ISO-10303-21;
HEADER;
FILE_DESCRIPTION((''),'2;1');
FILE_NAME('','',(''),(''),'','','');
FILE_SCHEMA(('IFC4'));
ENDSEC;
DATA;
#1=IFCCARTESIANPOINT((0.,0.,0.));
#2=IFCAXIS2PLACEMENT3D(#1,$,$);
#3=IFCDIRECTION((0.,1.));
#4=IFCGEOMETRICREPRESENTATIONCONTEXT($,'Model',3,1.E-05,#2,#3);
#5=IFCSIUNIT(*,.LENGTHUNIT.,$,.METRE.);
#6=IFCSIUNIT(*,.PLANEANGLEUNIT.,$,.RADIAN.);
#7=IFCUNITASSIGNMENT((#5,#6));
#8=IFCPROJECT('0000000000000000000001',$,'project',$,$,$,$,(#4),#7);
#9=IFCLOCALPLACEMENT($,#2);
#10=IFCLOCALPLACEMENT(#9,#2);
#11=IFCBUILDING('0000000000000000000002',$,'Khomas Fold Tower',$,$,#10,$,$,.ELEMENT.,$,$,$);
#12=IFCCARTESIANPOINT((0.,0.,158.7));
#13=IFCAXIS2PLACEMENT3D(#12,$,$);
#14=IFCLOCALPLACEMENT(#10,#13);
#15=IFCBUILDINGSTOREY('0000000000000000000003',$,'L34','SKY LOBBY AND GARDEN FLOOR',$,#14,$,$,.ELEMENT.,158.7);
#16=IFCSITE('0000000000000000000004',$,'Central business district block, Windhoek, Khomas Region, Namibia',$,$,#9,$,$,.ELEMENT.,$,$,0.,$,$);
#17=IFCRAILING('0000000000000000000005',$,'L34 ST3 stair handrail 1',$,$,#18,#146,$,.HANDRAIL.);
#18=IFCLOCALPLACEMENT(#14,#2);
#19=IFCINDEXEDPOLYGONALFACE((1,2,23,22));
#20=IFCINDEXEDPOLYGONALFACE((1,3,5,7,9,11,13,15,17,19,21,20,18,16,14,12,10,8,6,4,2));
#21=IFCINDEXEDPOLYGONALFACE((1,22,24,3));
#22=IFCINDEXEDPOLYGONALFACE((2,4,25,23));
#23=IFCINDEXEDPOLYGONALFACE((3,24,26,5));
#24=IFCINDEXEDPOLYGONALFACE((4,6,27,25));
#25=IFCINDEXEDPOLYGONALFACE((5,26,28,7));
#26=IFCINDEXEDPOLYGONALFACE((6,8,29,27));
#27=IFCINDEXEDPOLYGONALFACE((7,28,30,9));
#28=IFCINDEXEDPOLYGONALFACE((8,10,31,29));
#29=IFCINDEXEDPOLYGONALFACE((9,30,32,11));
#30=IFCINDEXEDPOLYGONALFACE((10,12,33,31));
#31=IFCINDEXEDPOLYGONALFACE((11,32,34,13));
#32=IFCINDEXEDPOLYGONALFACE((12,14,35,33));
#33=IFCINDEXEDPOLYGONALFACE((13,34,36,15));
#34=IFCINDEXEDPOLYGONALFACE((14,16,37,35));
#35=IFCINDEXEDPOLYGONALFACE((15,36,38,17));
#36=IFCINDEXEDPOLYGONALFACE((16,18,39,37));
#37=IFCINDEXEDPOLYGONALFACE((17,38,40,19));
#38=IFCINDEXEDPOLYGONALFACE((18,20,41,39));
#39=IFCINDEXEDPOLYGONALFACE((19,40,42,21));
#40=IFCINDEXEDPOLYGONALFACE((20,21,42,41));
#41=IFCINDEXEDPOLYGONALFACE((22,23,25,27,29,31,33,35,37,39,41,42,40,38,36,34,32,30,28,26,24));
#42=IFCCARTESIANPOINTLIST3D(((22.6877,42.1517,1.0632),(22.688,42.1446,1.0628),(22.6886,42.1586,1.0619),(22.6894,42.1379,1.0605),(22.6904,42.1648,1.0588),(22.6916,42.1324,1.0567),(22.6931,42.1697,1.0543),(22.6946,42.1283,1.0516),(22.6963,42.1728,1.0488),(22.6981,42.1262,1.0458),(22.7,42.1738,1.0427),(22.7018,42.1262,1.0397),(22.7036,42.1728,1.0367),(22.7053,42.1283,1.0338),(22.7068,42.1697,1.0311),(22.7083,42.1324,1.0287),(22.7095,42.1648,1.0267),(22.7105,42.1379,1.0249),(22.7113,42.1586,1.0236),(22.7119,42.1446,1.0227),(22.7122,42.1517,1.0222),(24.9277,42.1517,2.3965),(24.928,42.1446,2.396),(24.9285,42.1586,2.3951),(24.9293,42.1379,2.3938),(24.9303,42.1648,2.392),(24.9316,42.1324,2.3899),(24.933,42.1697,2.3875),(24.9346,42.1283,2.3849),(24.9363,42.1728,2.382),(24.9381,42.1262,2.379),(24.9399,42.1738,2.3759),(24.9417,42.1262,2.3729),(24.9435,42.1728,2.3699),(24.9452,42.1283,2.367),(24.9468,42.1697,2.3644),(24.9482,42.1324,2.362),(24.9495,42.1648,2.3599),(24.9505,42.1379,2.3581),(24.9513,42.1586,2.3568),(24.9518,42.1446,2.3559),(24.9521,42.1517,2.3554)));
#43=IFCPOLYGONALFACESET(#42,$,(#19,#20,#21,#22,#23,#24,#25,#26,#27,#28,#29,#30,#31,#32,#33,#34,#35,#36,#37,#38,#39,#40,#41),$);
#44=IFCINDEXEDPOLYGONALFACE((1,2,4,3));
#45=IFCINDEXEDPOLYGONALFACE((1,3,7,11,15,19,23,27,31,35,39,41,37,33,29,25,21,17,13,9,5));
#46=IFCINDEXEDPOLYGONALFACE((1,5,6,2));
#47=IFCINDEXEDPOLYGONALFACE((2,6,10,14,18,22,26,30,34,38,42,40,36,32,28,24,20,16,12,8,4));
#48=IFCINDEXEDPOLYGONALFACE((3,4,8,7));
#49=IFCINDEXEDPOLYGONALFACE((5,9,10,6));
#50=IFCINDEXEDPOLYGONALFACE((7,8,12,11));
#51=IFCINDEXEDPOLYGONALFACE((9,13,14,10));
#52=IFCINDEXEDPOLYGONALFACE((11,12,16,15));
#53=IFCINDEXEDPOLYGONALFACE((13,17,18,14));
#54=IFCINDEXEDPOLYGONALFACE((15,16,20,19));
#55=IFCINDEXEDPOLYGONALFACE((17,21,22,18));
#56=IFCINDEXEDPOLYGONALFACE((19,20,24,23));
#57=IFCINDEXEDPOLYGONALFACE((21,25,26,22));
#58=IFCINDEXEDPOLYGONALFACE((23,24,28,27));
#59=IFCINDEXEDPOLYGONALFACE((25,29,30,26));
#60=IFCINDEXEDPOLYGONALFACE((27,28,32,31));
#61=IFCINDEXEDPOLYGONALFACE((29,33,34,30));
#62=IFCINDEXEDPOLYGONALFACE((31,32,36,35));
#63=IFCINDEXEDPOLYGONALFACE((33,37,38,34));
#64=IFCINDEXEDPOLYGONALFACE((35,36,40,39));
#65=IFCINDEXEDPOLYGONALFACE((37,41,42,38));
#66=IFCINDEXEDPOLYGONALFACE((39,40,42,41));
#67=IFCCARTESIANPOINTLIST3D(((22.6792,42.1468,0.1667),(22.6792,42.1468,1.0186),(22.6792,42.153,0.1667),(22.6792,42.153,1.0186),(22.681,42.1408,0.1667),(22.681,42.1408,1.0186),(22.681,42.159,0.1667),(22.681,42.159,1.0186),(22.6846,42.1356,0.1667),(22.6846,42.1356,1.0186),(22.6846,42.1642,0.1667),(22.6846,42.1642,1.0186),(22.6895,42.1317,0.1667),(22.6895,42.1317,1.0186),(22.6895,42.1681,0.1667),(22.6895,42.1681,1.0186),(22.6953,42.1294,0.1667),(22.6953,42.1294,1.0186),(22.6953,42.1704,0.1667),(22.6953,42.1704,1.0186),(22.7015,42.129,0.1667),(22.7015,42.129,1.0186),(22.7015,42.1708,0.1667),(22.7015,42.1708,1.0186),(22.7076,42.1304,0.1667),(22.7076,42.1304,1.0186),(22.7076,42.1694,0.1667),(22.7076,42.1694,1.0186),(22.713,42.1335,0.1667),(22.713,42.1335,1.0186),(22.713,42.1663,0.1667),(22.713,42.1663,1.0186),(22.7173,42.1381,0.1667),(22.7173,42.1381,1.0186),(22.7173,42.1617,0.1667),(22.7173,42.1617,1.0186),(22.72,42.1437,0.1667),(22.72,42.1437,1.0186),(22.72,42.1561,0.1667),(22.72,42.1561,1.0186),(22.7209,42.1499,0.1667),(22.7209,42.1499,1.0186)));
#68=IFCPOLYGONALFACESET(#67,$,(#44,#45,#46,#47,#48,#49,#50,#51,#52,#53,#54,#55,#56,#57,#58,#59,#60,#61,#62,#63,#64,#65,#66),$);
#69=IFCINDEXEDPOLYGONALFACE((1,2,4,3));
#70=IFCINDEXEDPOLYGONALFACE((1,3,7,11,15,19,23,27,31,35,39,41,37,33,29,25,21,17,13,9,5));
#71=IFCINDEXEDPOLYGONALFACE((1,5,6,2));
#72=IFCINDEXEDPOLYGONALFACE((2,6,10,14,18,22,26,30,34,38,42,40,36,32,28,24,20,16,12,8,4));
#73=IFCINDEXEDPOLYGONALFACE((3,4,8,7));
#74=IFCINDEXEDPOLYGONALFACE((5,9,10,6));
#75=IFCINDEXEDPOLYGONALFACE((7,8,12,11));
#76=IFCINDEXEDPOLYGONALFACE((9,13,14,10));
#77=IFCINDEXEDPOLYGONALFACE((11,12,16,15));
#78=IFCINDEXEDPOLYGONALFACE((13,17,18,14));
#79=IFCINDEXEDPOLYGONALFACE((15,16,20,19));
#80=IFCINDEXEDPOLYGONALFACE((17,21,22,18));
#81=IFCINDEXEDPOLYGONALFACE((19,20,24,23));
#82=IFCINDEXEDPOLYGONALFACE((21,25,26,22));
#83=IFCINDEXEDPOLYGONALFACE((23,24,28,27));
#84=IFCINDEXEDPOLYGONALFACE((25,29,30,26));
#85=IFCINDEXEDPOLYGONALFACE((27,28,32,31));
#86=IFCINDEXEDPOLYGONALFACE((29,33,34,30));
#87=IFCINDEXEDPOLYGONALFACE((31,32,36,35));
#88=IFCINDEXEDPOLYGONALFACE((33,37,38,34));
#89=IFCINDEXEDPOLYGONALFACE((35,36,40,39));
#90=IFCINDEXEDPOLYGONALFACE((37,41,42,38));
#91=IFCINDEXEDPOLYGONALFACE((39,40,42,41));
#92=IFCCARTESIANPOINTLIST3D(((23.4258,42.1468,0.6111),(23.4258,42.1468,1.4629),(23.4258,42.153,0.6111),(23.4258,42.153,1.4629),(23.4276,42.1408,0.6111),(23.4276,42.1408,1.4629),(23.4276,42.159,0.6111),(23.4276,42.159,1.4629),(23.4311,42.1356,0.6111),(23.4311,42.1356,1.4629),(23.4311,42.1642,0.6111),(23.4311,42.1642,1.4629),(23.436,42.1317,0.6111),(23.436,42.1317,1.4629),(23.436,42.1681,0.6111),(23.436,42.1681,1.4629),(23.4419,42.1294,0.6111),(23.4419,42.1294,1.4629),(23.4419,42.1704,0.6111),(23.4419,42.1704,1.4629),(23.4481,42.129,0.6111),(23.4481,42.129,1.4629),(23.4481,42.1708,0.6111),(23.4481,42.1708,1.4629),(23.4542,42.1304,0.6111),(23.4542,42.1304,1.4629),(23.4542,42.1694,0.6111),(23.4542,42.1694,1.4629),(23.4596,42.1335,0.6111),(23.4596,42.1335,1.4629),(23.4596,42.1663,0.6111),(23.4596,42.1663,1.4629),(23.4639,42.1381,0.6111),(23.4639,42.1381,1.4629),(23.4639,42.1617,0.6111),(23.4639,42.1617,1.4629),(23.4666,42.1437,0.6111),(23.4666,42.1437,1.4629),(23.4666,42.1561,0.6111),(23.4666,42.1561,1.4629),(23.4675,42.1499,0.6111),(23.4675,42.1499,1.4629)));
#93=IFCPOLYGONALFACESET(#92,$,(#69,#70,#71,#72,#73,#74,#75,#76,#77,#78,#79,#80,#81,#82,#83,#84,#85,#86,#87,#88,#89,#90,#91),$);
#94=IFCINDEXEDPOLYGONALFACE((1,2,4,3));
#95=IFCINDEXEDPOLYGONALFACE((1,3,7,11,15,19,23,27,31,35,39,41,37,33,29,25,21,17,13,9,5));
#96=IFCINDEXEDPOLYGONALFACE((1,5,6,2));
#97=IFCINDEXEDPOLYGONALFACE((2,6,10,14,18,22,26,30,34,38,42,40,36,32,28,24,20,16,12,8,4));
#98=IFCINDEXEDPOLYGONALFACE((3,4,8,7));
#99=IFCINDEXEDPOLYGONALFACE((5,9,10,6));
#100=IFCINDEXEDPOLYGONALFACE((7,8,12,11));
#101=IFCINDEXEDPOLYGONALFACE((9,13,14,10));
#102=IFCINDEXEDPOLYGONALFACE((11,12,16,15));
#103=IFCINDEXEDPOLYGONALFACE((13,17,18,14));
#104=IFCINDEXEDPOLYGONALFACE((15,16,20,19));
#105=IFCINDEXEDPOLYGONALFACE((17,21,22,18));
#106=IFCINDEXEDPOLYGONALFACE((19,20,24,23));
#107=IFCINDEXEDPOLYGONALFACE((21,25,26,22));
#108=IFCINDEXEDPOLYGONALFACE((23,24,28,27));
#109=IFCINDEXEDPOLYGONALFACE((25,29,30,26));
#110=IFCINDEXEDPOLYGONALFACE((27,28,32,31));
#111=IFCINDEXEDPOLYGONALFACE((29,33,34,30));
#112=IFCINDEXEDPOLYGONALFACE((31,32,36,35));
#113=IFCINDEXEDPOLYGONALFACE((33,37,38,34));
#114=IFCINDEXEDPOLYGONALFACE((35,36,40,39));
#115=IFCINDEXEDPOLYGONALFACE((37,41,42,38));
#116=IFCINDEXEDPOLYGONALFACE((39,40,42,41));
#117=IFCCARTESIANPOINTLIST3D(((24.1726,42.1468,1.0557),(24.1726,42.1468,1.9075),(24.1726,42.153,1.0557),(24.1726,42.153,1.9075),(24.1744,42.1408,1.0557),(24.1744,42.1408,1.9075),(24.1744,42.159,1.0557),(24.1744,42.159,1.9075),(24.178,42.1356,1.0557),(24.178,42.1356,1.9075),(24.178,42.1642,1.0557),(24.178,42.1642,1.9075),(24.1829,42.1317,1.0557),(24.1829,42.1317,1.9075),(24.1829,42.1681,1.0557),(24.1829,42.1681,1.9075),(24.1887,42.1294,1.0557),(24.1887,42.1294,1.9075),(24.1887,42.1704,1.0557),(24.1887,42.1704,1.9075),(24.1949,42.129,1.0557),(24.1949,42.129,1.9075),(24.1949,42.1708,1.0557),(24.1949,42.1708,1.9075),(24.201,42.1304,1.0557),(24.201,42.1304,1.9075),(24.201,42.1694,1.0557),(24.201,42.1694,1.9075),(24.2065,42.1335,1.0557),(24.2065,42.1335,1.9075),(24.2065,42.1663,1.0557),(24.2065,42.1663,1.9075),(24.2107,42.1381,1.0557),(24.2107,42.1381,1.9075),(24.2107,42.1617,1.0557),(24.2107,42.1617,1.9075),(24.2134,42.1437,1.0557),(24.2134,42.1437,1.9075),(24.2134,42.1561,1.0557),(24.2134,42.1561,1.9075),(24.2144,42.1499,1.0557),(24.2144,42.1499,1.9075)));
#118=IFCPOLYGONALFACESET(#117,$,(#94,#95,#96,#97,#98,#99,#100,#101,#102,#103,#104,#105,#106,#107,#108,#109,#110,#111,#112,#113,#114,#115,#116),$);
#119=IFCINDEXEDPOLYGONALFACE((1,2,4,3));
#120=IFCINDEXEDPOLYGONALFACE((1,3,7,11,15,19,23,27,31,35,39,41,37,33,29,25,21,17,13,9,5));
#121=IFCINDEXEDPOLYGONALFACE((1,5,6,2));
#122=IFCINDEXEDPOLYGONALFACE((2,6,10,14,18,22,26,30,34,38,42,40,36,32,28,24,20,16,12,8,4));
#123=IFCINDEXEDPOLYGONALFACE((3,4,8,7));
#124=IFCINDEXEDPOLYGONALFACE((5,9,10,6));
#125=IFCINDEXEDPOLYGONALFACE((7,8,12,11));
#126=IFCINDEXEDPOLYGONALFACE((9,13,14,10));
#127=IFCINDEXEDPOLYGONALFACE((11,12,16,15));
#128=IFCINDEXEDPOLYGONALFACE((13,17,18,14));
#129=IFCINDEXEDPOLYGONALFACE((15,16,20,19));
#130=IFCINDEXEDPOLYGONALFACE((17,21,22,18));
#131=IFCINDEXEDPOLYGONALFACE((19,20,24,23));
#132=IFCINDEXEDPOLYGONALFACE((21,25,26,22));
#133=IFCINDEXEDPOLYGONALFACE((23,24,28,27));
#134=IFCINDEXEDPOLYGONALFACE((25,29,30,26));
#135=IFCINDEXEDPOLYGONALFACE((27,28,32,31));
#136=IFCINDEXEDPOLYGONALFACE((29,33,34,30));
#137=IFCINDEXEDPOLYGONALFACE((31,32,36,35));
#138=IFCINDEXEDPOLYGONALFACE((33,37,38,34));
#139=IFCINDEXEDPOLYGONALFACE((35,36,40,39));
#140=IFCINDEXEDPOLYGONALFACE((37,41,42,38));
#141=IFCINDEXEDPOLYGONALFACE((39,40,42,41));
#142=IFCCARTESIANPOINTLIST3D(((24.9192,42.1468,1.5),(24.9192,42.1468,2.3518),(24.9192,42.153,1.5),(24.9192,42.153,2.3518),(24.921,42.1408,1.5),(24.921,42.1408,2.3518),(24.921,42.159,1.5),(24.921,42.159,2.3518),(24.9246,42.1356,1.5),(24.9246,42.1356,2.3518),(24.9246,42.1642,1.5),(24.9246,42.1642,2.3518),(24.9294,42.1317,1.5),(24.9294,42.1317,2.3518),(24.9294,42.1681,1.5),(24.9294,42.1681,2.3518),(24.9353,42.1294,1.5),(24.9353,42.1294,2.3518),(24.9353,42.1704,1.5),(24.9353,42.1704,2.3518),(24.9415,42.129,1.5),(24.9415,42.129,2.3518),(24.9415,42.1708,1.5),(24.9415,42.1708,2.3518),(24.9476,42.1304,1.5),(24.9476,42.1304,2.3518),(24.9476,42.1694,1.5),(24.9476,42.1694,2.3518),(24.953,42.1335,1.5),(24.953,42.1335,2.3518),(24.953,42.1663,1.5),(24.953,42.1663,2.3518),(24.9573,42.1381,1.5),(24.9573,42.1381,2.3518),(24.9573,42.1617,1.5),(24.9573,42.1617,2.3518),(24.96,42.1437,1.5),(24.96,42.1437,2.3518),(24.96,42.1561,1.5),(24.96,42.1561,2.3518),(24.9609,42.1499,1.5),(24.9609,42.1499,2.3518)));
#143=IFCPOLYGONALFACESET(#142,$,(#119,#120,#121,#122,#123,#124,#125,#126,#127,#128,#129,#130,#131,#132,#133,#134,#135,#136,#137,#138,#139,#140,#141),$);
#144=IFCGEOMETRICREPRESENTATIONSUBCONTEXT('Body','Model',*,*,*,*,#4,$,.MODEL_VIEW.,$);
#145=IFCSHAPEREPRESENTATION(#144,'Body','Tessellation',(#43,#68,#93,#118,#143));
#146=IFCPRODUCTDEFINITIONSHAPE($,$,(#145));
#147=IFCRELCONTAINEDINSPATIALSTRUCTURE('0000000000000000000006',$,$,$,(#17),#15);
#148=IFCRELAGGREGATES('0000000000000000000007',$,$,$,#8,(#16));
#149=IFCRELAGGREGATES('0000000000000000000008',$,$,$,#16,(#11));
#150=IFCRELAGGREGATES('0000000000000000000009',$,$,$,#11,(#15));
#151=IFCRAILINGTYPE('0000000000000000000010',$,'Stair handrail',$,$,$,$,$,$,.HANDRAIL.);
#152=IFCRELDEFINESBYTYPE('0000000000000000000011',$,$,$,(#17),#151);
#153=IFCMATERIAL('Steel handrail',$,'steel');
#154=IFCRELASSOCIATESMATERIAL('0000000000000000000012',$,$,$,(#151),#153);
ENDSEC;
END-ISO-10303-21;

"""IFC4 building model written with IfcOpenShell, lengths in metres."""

from ifc_helpers import new_model, si_unit, direction, frame, origin, origin_2d, place, context, subcontext, project, spatial, circle, extrude, source, transform, mapped, material, type_object, element, save


model = new_model("IFC4")

# Units and contexts
model_context = context("Model", 3, precision=1e-05, world=origin(), true_north=direction((0.0, 1.0)))
body_context = subcontext(model_context, "Body", "Model", "MODEL_VIEW")
ifc_project = project(units=[si_unit("LENGTHUNIT", "METRE"), si_unit("PLANEANGLEUNIT", "RADIAN")], contexts=[model_context])

# Site, building, storey
site_placement = place(None, origin())
site = spatial("IfcSite", under=ifc_project, at=site_placement, Name="Central business district block, Windhoek, Khomas Region, Namibia", CompositionType="ELEMENT", RefElevation=0.0)
building_placement = place(site_placement, origin())
building = spatial("IfcBuilding", under=site, at=building_placement, Name="Khomas Fold Tower", CompositionType="ELEMENT")
storey_placement = place(building_placement, frame((0.0, 0.0, 158.7)))
storey = spatial("IfcBuildingStorey", under=building, at=storey_placement, Name="L34", Description="SKY LOBBY AND GARDEN FLOOR", CompositionType="ELEMENT", Elevation=158.7)

# Railing
ifc_material_1 = material(Name="Steel handrail", Category="steel")
railing_type_1 = type_object("IfcRailingType", Name="Stair handrail", PredefinedType="HANDRAIL", material=ifc_material_1)
shared_shape_1 = source(origin(), body_context, "Body", "SweptSolid", [
    extrude(circle(Radius=0.0239, at=origin_2d()), frame((0.0, 0.0, 0.876), z_axis=(0.859306, 0.0, 0.511462), x_axis=(0.0, 1.0, 0.0)), (0.0, 0.0, 1.0), 2.6067),
    extrude(circle(Radius=0.021, at=origin_2d()), origin(), (0.0, 0.0, 1.0), 0.8518),
    extrude(circle(Radius=0.021, at=origin_2d()), frame((0.7466, 0.0, 0.4443)), (0.0, 0.0, 1.0), 0.8518),
    extrude(circle(Radius=0.021, at=origin_2d()), frame((1.4934, 0.0, 0.8889)), (0.0, 0.0, 1.0), 0.8518),
    extrude(circle(Radius=0.021, at=origin_2d()), frame((2.24, 0.0, 1.3333)), (0.0, 0.0, 1.0), 0.8518),
])
for number, where, name in (
    (1, (22.7, 42.1499, 0.1667), "L34 ST3 stair handrail 1"),
):
    element("IfcRailing", number, at=place(storey_placement, frame(where)), inside=storey, type_object=railing_type_1, Name=name, PredefinedType="HANDRAIL", context=body_context, shape_type="MappedRepresentation", body=[
        mapped(shared_shape_1, transform((0.0, 0.0, 0.0))),
    ])

save(model, "model.ifc")
